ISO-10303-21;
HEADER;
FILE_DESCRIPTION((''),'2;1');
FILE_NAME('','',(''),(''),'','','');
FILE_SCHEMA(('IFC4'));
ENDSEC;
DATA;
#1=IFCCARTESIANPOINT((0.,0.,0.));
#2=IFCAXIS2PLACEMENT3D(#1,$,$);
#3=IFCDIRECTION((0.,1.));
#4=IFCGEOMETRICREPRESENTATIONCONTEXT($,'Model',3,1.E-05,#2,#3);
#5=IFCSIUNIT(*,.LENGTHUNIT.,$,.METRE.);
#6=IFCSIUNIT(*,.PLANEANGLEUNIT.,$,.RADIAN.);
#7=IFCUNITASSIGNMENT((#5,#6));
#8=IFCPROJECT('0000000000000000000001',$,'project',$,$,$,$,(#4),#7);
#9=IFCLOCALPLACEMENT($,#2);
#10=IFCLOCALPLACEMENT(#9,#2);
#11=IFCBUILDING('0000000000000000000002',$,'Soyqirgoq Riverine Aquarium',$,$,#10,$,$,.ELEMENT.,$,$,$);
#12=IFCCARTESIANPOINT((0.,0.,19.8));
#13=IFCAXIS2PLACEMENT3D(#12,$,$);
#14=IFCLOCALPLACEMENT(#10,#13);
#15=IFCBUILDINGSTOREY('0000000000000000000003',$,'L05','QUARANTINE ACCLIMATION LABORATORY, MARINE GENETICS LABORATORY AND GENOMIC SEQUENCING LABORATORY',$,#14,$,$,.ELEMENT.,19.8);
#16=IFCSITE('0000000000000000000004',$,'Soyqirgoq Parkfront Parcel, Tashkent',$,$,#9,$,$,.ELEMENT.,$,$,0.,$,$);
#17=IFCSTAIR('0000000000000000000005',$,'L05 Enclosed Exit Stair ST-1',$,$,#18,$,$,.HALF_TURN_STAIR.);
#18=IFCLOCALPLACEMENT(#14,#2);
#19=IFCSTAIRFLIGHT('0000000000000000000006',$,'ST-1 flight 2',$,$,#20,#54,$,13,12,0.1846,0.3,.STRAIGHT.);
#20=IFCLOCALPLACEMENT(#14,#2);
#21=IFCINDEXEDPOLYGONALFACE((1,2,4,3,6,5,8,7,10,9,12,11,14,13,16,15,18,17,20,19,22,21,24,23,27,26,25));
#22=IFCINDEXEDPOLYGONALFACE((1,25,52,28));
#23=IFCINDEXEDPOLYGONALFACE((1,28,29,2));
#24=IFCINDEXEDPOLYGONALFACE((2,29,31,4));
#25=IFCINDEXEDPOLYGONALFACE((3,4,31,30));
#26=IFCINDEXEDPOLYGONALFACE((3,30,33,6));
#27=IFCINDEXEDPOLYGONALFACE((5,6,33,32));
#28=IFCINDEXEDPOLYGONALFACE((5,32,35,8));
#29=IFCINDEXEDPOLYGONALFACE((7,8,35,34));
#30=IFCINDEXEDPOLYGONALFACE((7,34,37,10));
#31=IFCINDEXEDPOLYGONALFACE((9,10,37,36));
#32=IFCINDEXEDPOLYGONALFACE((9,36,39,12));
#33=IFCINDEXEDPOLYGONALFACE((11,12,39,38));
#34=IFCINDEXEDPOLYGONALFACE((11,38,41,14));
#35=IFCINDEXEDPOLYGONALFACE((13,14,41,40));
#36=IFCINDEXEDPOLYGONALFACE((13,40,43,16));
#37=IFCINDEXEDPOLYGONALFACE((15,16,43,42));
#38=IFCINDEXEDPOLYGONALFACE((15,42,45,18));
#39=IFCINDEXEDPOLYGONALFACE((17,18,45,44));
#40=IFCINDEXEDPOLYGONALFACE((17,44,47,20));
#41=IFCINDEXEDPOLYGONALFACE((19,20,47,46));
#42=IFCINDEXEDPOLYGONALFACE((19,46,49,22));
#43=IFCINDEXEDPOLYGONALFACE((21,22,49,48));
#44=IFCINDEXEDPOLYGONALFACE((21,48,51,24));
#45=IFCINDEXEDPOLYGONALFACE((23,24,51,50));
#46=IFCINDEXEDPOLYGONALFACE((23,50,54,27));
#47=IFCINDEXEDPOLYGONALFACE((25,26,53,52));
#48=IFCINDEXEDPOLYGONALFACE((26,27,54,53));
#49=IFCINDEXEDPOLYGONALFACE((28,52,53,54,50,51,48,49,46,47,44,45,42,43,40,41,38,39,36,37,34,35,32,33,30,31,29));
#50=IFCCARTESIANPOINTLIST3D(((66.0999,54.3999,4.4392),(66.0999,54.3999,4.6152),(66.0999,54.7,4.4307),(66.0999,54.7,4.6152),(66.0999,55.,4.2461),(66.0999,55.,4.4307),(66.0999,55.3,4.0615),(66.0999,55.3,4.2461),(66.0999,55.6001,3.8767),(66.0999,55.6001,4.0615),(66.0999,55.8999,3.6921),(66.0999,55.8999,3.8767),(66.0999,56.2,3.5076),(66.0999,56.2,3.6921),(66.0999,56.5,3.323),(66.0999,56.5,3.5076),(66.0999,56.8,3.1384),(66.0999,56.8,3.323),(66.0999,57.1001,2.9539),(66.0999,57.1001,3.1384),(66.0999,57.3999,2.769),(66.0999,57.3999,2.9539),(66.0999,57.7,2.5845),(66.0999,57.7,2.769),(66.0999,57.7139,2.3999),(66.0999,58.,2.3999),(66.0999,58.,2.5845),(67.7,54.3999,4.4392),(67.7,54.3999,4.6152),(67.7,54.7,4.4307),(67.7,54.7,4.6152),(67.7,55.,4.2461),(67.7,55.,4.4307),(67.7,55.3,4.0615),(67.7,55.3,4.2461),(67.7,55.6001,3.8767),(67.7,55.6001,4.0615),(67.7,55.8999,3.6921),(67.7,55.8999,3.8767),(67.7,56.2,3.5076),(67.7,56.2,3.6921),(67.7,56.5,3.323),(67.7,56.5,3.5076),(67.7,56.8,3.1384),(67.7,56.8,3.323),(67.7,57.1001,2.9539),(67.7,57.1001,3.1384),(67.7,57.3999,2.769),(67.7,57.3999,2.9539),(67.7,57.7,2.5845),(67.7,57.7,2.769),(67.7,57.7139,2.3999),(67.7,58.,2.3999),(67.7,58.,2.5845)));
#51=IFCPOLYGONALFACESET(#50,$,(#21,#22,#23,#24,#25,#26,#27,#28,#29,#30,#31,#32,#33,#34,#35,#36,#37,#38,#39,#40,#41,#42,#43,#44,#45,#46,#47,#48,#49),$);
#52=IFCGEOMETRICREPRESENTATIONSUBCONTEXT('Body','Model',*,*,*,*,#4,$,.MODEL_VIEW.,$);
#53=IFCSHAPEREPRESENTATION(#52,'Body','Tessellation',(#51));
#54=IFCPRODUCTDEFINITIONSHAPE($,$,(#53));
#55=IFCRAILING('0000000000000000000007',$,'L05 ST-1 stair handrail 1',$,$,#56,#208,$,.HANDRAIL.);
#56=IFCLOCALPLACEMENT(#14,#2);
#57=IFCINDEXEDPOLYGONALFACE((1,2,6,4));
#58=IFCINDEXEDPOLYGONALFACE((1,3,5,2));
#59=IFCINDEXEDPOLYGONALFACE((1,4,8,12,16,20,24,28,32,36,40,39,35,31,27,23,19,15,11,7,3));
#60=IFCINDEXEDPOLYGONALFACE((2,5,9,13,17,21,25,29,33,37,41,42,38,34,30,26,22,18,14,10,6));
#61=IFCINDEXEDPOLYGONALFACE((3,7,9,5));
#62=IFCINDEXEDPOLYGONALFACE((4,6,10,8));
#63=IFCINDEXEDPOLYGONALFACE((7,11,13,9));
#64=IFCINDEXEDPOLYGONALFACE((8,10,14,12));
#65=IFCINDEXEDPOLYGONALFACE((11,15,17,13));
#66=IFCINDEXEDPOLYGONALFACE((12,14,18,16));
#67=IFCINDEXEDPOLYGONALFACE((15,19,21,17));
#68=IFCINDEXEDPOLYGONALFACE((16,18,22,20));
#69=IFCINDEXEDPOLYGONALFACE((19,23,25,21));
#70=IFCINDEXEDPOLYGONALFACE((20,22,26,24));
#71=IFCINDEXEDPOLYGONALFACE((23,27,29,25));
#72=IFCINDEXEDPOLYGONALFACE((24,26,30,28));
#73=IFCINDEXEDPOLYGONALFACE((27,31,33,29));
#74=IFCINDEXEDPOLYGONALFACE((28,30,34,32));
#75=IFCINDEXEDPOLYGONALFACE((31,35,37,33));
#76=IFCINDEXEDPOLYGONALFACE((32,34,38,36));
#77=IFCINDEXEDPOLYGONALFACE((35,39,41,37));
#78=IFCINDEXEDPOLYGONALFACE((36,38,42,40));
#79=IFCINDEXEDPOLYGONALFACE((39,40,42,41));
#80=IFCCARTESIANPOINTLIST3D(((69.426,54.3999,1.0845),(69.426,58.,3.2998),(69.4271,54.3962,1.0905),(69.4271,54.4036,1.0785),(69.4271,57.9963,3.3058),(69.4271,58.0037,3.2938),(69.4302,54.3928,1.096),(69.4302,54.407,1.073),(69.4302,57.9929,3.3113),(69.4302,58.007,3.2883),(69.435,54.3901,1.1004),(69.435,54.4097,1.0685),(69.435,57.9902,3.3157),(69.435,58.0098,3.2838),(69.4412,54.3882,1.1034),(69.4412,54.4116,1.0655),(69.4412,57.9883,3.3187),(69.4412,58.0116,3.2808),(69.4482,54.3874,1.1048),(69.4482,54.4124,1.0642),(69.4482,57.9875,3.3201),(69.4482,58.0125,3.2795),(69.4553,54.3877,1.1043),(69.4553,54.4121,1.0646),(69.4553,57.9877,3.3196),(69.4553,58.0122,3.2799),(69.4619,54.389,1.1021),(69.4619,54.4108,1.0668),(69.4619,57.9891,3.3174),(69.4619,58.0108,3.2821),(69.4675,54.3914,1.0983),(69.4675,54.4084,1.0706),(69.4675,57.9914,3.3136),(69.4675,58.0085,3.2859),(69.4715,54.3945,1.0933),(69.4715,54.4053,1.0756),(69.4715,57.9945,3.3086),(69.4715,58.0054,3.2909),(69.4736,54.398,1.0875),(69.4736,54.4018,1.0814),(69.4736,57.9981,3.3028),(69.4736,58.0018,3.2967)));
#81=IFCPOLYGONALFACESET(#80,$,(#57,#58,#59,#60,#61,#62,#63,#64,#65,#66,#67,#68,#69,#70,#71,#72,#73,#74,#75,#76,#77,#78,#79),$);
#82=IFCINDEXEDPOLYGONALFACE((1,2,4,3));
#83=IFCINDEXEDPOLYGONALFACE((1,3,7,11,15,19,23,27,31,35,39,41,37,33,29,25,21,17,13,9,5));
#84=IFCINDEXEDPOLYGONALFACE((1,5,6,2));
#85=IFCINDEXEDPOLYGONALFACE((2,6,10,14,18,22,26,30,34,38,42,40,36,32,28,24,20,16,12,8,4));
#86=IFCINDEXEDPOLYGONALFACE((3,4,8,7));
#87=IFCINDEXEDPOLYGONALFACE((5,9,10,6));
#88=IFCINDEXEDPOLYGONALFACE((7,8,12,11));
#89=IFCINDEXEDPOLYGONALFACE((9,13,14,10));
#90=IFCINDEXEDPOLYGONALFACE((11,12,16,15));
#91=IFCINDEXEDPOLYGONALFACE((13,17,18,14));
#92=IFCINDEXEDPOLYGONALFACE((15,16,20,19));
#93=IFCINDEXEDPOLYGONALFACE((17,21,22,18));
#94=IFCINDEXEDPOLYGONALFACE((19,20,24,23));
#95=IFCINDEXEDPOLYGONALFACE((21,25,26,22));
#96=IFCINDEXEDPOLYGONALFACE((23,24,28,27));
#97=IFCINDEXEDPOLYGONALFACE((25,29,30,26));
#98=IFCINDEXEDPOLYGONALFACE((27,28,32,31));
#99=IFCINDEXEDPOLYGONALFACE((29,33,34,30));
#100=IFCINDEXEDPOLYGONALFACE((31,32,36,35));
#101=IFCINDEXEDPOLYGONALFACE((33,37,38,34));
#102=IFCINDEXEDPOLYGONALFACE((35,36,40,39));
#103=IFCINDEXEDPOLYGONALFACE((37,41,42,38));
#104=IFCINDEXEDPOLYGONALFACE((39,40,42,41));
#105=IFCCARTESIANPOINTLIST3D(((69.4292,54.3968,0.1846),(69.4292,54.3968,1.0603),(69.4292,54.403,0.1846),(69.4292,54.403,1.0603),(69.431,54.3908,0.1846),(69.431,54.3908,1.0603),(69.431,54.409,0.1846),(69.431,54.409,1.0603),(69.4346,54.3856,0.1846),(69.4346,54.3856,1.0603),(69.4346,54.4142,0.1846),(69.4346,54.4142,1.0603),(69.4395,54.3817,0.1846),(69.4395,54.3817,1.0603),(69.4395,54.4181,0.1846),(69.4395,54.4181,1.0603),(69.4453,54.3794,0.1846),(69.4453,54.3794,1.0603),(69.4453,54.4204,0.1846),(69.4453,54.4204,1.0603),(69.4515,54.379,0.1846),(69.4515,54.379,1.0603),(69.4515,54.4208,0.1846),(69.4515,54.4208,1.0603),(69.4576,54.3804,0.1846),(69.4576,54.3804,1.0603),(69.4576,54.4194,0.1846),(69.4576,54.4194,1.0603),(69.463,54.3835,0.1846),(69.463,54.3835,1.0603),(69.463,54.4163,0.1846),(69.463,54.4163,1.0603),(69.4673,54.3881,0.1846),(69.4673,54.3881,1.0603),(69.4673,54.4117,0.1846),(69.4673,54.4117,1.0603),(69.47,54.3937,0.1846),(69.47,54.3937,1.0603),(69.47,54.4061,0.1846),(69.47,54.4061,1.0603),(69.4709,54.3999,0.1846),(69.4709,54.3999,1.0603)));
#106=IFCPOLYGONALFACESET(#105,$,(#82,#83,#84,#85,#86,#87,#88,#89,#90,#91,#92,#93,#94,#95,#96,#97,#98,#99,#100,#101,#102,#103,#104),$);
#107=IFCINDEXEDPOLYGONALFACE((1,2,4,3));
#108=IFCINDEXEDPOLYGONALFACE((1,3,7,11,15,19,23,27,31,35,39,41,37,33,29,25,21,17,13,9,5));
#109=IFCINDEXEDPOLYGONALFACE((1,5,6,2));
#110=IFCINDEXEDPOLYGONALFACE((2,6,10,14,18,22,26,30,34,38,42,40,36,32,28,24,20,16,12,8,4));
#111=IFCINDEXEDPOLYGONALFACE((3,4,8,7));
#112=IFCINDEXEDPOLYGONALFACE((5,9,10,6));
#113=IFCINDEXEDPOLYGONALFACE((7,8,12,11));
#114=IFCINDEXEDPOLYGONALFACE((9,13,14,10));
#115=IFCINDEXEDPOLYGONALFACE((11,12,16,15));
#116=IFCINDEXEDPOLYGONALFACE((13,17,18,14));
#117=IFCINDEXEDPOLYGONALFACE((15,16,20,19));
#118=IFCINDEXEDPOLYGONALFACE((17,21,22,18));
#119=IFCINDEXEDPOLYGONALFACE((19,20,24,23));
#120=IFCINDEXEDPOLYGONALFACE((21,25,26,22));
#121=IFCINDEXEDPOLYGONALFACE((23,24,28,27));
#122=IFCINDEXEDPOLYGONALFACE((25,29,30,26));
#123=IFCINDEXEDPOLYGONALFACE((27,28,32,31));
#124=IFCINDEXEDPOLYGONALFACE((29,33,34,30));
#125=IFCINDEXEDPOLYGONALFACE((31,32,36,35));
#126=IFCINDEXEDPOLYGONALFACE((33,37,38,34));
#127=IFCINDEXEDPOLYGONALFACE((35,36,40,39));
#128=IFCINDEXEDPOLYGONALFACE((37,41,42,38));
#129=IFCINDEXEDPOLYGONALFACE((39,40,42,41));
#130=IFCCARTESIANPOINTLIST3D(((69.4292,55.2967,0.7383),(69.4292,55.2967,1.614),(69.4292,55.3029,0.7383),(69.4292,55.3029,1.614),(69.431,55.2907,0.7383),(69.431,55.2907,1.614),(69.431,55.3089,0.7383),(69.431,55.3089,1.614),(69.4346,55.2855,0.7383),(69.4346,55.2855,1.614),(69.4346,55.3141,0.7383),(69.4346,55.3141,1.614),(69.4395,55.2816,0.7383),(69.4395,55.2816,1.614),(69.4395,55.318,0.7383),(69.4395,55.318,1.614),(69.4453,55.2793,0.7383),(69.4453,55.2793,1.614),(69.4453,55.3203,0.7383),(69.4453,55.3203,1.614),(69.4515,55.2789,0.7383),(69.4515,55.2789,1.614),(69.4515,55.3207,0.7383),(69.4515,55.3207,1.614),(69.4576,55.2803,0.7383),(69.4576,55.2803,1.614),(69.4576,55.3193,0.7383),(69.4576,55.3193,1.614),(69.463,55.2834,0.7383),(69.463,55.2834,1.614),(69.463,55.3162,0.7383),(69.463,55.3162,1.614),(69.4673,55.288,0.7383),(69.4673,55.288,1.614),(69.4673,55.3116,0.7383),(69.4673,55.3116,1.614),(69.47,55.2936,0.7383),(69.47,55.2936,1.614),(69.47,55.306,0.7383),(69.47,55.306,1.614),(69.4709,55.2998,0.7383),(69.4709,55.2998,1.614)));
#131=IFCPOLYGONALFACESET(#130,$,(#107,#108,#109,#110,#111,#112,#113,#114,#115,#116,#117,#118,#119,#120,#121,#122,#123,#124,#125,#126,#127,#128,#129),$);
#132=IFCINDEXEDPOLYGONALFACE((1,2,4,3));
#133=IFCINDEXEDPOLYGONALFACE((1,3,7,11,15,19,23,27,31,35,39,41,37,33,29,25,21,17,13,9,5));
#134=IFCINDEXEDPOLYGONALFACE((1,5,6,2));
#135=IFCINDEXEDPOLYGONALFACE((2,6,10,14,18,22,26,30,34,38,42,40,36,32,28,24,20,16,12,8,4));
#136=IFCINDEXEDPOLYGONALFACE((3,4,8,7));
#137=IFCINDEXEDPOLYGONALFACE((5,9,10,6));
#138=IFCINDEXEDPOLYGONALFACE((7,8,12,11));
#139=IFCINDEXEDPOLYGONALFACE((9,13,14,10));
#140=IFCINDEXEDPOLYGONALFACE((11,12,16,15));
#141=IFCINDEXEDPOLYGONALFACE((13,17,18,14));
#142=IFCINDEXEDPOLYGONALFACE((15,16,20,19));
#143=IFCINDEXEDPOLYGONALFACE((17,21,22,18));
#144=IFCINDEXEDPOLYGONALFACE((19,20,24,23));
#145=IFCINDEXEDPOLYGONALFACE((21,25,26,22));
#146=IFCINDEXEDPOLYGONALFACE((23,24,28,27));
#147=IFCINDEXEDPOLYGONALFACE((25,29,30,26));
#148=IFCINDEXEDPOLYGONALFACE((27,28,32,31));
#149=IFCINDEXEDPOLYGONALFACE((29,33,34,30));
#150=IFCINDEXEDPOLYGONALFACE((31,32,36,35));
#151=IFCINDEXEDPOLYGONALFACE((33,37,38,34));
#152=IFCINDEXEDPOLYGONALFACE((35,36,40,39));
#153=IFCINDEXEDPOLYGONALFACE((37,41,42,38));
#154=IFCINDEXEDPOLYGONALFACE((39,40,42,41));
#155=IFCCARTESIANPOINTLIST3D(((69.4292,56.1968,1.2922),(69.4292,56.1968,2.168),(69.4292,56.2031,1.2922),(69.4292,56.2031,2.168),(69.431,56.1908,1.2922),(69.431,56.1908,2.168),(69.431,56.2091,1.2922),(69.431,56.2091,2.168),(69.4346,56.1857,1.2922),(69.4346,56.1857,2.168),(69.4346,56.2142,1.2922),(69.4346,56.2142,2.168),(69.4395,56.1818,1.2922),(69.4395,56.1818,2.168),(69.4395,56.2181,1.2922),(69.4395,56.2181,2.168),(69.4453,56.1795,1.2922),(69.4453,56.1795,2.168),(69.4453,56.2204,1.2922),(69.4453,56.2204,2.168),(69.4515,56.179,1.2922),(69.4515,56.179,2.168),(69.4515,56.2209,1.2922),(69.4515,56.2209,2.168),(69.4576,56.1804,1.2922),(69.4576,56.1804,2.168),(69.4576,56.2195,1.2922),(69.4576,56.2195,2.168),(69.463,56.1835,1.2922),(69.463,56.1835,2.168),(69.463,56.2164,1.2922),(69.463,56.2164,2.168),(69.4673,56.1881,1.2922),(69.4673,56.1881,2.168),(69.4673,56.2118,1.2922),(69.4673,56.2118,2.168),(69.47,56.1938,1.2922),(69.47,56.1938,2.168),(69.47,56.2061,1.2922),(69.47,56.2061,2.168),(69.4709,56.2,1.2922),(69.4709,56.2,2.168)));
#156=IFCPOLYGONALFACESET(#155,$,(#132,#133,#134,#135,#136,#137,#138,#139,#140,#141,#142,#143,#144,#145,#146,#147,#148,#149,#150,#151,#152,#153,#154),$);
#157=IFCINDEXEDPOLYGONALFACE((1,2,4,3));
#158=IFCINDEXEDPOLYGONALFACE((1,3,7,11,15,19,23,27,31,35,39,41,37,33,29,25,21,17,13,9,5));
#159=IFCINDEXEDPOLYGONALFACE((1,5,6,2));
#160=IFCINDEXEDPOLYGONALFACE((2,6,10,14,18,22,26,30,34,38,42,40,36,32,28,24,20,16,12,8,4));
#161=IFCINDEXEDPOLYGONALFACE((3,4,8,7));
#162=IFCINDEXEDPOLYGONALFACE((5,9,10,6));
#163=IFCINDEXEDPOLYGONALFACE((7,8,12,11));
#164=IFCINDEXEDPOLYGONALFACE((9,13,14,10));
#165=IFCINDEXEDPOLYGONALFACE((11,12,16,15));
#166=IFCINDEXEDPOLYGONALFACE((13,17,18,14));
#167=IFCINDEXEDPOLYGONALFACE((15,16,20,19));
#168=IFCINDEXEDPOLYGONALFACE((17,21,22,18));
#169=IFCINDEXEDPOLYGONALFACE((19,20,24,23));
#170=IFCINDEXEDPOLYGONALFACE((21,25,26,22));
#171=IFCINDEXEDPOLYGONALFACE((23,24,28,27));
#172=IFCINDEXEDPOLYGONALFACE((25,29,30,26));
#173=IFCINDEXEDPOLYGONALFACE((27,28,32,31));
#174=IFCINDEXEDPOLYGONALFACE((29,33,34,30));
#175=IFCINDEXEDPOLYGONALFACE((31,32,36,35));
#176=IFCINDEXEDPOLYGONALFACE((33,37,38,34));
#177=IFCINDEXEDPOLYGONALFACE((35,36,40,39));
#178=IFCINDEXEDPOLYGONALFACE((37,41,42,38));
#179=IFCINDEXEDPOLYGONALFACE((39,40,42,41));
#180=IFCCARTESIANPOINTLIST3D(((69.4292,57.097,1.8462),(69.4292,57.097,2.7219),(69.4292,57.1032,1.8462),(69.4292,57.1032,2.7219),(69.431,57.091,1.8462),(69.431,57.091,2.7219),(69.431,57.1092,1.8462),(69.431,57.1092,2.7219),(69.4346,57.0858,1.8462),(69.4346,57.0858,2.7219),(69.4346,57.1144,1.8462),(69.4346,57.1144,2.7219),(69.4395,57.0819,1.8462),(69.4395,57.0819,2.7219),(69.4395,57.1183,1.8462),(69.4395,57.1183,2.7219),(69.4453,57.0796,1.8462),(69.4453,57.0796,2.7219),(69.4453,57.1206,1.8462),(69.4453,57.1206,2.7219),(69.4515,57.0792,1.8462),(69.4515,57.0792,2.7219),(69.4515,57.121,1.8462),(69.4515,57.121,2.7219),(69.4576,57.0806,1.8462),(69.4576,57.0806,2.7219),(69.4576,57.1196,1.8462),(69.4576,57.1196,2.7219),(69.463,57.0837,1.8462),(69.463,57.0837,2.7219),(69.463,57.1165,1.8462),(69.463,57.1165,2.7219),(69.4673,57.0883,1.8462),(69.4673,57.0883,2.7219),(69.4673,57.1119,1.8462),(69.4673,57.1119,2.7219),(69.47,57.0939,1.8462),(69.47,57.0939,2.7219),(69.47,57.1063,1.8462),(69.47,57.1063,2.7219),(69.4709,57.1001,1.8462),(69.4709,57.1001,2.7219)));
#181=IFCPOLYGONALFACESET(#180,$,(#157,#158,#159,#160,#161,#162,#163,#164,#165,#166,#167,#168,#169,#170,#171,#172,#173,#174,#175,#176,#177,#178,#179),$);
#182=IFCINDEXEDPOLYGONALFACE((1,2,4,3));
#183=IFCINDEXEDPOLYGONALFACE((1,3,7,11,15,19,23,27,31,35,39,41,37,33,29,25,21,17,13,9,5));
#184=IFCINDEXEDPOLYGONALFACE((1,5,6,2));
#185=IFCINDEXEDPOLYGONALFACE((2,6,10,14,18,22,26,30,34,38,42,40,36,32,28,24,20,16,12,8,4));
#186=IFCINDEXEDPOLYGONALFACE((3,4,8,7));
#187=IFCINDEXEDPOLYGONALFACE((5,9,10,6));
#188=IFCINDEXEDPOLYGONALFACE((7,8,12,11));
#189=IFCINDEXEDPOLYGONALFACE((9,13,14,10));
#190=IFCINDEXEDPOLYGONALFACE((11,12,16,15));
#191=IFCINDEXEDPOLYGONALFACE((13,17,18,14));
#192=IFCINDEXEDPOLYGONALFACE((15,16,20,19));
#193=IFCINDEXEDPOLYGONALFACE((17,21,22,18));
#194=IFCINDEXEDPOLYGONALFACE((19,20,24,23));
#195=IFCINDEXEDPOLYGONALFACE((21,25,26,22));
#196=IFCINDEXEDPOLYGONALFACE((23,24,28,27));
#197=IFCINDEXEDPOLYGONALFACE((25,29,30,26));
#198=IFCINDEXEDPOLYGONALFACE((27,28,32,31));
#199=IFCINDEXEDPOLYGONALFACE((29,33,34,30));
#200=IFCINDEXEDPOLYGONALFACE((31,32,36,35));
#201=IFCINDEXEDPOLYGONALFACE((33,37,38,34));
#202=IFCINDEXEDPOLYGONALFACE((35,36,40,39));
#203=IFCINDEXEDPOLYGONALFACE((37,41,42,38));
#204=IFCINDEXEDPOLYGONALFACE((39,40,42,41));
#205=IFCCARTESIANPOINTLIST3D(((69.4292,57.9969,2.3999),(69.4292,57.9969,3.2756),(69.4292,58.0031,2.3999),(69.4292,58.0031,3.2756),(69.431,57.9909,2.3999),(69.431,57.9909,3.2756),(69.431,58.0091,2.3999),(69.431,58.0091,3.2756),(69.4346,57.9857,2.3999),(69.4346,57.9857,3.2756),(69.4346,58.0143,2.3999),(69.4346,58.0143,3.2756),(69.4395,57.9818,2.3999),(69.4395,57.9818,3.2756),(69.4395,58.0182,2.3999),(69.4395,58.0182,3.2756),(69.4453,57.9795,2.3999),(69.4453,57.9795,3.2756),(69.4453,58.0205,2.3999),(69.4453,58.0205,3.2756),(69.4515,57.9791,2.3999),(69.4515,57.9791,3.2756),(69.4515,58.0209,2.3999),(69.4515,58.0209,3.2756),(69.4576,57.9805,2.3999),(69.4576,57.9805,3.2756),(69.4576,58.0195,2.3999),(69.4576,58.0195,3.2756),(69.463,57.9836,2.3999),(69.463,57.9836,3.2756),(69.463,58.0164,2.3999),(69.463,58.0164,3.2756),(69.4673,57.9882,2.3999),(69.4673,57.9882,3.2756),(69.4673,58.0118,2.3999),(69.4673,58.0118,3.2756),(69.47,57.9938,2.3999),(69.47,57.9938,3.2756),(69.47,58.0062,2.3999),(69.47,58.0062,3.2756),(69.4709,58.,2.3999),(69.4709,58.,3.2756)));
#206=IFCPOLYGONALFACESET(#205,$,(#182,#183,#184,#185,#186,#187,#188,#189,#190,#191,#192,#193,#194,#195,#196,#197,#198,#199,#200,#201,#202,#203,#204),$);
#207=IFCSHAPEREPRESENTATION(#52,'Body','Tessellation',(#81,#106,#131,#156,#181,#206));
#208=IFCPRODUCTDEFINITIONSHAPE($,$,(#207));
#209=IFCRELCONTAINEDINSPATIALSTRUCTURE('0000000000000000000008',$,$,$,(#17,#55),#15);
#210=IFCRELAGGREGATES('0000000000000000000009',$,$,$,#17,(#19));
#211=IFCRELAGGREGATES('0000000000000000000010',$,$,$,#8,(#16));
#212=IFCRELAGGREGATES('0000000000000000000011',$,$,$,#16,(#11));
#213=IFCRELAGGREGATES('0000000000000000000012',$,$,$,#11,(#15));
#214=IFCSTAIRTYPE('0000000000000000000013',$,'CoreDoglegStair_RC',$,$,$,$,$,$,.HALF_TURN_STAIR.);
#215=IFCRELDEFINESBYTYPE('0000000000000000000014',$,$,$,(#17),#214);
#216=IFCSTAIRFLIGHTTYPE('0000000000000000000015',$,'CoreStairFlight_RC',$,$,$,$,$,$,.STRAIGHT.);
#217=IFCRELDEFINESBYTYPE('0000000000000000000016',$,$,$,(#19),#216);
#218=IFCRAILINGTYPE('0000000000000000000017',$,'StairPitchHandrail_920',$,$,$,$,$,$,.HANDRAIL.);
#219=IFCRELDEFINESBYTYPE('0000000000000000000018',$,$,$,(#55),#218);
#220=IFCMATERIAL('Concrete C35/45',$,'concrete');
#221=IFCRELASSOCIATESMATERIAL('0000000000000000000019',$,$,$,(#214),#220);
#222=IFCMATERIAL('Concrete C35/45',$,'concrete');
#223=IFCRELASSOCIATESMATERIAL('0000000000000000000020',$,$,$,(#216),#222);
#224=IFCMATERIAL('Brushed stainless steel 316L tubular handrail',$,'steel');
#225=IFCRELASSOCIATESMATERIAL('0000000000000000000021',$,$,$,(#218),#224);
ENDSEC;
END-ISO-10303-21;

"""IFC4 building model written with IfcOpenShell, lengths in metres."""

from ifc_helpers import new_model, si_unit, direction, frame, origin, origin_2d, place, context, subcontext, project, spatial, polyline, circle, outline, extrude, material, type_object, element, aggregate, save


model = new_model("IFC4")

# Units and contexts
model_context = context("Model", 3, precision=1e-05, world=origin(), true_north=direction((0.0, 1.0)))
body_context = subcontext(model_context, "Body", "Model", "MODEL_VIEW")
ifc_project = project(units=[si_unit("LENGTHUNIT", "METRE"), si_unit("PLANEANGLEUNIT", "RADIAN")], contexts=[model_context])

# Site, building, storey
site_placement = place(None, origin())
site = spatial("IfcSite", under=ifc_project, at=site_placement, Name="Soyqirgoq Parkfront Parcel, Tashkent", CompositionType="ELEMENT", RefElevation=0.0)
building_placement = place(site_placement, origin())
building = spatial("IfcBuilding", under=site, at=building_placement, Name="Soyqirgoq Riverine Aquarium", CompositionType="ELEMENT")
storey_placement = place(building_placement, frame((0.0, 0.0, 19.8)))
storey = spatial("IfcBuildingStorey", under=building, at=storey_placement, Name="L05", Description="QUARANTINE ACCLIMATION LABORATORY, MARINE GENETICS LABORATORY AND GENOMIC SEQUENCING LABORATORY", CompositionType="ELEMENT", Elevation=19.8)

# Stair, stair flight
ifc_material_1 = material(Name="Concrete C35/45", Category="concrete")
stair_type = type_object("IfcStairType", Name="CoreDoglegStair_RC", PredefinedType="HALF_TURN_STAIR", material=ifc_material_1)
stair_placement = place(storey_placement, origin())
stair = element("IfcStair", 1, at=stair_placement, inside=storey, type_object=stair_type, Name="L05 Enclosed Exit Stair ST-1", PredefinedType="HALF_TURN_STAIR")
ifc_material_2 = material(Name="Concrete C35/45", Category="concrete")
stair_flight_type = type_object("IfcStairFlightType", Name="CoreStairFlight_RC", PredefinedType="STRAIGHT", material=ifc_material_2)
stair_flight_1_placement = place(storey_placement, frame((66.8999, 58.0, 2.3999), z_axis=(0.0, 0.0, 1.0), x_axis=(0.0, -1.0, 0.0)))
stair_flight_1 = element("IfcStairFlight", 2, at=stair_flight_1_placement, type_object=stair_flight_type, Name="ST-1 flight 2", NumberOfRisers=13, NumberOfTreads=12, PredefinedType="STRAIGHT", RiserHeight=0.1846, TreadLength=0.3, context=body_context, shape_type="SweptSolid", body=[
    extrude(outline(polyline([(0.0, 0.0), (0.0, 0.1846), (0.3, 0.1846), (0.3, 0.3691), (0.6001, 0.3691), (0.6001, 0.554), (0.8999, 0.554), (0.8999, 0.7385), (1.2, 0.7385), (1.2, 0.9231), (1.5, 0.9231), (1.5, 1.1077), (1.8, 1.1077), (1.8, 1.2922), (2.1001, 1.2922), (2.1001, 1.4768), (2.3999, 1.4768), (2.3999, 1.6616), (2.7, 1.6616), (2.7, 1.8462), (3.0, 1.8462), (3.0, 2.0308), (3.3, 2.0308), (3.3, 2.2153), (3.6001, 2.2153), (3.6001, 2.3999), (3.6001, 2.0393), (0.2861, 0.0), (0.0, 0.0)])), frame((0.0, 0.8, 0.0), z_axis=(0.0, -1.0, 0.0), x_axis=(1.0, 0.0, 0.0)), (0.0, 0.0, 1.0), 1.6001),
])
aggregate(stair, [stair_flight_1])

# Railing
ifc_material_3 = material(Name="Brushed stainless steel 316L tubular handrail", Category="steel")
railing_type_1 = type_object("IfcRailingType", Name="StairPitchHandrail_920", PredefinedType="HANDRAIL", material=ifc_material_3)
railing_1_placement = place(storey_placement, frame((69.45, 54.3999, 0.1846)))
element("IfcRailing", 3, at=railing_1_placement, inside=storey, type_object=railing_type_1, Name="L05 ST-1 stair handrail 1", PredefinedType="HANDRAIL", context=body_context, shape_type="SweptSolid", body=[
    extrude(circle(Radius=0.0239, at=origin_2d()), frame((0.0, 0.0, 0.8999), z_axis=(0.0, 0.85167, 0.524078), x_axis=(-1.0, 0.0, 0.0)), (0.0, 0.0, 1.0), 4.2271),
    extrude(circle(Radius=0.021, at=origin_2d()), origin(), (0.0, 0.0, 1.0), 0.8757),
    extrude(circle(Radius=0.021, at=origin_2d()), frame((0.0, 0.8999, 0.5537)), (0.0, 0.0, 1.0), 0.8757),
    extrude(circle(Radius=0.021, at=origin_2d()), frame((0.0, 1.8, 1.1077)), (0.0, 0.0, 1.0), 0.8757),
    extrude(circle(Radius=0.021, at=origin_2d()), frame((0.0, 2.7002, 1.6616)), (0.0, 0.0, 1.0), 0.8757),
    extrude(circle(Radius=0.021, at=origin_2d()), frame((0.0, 3.6001, 2.2153)), (0.0, 0.0, 1.0), 0.8757),
])

save(model, "model.ifc")
